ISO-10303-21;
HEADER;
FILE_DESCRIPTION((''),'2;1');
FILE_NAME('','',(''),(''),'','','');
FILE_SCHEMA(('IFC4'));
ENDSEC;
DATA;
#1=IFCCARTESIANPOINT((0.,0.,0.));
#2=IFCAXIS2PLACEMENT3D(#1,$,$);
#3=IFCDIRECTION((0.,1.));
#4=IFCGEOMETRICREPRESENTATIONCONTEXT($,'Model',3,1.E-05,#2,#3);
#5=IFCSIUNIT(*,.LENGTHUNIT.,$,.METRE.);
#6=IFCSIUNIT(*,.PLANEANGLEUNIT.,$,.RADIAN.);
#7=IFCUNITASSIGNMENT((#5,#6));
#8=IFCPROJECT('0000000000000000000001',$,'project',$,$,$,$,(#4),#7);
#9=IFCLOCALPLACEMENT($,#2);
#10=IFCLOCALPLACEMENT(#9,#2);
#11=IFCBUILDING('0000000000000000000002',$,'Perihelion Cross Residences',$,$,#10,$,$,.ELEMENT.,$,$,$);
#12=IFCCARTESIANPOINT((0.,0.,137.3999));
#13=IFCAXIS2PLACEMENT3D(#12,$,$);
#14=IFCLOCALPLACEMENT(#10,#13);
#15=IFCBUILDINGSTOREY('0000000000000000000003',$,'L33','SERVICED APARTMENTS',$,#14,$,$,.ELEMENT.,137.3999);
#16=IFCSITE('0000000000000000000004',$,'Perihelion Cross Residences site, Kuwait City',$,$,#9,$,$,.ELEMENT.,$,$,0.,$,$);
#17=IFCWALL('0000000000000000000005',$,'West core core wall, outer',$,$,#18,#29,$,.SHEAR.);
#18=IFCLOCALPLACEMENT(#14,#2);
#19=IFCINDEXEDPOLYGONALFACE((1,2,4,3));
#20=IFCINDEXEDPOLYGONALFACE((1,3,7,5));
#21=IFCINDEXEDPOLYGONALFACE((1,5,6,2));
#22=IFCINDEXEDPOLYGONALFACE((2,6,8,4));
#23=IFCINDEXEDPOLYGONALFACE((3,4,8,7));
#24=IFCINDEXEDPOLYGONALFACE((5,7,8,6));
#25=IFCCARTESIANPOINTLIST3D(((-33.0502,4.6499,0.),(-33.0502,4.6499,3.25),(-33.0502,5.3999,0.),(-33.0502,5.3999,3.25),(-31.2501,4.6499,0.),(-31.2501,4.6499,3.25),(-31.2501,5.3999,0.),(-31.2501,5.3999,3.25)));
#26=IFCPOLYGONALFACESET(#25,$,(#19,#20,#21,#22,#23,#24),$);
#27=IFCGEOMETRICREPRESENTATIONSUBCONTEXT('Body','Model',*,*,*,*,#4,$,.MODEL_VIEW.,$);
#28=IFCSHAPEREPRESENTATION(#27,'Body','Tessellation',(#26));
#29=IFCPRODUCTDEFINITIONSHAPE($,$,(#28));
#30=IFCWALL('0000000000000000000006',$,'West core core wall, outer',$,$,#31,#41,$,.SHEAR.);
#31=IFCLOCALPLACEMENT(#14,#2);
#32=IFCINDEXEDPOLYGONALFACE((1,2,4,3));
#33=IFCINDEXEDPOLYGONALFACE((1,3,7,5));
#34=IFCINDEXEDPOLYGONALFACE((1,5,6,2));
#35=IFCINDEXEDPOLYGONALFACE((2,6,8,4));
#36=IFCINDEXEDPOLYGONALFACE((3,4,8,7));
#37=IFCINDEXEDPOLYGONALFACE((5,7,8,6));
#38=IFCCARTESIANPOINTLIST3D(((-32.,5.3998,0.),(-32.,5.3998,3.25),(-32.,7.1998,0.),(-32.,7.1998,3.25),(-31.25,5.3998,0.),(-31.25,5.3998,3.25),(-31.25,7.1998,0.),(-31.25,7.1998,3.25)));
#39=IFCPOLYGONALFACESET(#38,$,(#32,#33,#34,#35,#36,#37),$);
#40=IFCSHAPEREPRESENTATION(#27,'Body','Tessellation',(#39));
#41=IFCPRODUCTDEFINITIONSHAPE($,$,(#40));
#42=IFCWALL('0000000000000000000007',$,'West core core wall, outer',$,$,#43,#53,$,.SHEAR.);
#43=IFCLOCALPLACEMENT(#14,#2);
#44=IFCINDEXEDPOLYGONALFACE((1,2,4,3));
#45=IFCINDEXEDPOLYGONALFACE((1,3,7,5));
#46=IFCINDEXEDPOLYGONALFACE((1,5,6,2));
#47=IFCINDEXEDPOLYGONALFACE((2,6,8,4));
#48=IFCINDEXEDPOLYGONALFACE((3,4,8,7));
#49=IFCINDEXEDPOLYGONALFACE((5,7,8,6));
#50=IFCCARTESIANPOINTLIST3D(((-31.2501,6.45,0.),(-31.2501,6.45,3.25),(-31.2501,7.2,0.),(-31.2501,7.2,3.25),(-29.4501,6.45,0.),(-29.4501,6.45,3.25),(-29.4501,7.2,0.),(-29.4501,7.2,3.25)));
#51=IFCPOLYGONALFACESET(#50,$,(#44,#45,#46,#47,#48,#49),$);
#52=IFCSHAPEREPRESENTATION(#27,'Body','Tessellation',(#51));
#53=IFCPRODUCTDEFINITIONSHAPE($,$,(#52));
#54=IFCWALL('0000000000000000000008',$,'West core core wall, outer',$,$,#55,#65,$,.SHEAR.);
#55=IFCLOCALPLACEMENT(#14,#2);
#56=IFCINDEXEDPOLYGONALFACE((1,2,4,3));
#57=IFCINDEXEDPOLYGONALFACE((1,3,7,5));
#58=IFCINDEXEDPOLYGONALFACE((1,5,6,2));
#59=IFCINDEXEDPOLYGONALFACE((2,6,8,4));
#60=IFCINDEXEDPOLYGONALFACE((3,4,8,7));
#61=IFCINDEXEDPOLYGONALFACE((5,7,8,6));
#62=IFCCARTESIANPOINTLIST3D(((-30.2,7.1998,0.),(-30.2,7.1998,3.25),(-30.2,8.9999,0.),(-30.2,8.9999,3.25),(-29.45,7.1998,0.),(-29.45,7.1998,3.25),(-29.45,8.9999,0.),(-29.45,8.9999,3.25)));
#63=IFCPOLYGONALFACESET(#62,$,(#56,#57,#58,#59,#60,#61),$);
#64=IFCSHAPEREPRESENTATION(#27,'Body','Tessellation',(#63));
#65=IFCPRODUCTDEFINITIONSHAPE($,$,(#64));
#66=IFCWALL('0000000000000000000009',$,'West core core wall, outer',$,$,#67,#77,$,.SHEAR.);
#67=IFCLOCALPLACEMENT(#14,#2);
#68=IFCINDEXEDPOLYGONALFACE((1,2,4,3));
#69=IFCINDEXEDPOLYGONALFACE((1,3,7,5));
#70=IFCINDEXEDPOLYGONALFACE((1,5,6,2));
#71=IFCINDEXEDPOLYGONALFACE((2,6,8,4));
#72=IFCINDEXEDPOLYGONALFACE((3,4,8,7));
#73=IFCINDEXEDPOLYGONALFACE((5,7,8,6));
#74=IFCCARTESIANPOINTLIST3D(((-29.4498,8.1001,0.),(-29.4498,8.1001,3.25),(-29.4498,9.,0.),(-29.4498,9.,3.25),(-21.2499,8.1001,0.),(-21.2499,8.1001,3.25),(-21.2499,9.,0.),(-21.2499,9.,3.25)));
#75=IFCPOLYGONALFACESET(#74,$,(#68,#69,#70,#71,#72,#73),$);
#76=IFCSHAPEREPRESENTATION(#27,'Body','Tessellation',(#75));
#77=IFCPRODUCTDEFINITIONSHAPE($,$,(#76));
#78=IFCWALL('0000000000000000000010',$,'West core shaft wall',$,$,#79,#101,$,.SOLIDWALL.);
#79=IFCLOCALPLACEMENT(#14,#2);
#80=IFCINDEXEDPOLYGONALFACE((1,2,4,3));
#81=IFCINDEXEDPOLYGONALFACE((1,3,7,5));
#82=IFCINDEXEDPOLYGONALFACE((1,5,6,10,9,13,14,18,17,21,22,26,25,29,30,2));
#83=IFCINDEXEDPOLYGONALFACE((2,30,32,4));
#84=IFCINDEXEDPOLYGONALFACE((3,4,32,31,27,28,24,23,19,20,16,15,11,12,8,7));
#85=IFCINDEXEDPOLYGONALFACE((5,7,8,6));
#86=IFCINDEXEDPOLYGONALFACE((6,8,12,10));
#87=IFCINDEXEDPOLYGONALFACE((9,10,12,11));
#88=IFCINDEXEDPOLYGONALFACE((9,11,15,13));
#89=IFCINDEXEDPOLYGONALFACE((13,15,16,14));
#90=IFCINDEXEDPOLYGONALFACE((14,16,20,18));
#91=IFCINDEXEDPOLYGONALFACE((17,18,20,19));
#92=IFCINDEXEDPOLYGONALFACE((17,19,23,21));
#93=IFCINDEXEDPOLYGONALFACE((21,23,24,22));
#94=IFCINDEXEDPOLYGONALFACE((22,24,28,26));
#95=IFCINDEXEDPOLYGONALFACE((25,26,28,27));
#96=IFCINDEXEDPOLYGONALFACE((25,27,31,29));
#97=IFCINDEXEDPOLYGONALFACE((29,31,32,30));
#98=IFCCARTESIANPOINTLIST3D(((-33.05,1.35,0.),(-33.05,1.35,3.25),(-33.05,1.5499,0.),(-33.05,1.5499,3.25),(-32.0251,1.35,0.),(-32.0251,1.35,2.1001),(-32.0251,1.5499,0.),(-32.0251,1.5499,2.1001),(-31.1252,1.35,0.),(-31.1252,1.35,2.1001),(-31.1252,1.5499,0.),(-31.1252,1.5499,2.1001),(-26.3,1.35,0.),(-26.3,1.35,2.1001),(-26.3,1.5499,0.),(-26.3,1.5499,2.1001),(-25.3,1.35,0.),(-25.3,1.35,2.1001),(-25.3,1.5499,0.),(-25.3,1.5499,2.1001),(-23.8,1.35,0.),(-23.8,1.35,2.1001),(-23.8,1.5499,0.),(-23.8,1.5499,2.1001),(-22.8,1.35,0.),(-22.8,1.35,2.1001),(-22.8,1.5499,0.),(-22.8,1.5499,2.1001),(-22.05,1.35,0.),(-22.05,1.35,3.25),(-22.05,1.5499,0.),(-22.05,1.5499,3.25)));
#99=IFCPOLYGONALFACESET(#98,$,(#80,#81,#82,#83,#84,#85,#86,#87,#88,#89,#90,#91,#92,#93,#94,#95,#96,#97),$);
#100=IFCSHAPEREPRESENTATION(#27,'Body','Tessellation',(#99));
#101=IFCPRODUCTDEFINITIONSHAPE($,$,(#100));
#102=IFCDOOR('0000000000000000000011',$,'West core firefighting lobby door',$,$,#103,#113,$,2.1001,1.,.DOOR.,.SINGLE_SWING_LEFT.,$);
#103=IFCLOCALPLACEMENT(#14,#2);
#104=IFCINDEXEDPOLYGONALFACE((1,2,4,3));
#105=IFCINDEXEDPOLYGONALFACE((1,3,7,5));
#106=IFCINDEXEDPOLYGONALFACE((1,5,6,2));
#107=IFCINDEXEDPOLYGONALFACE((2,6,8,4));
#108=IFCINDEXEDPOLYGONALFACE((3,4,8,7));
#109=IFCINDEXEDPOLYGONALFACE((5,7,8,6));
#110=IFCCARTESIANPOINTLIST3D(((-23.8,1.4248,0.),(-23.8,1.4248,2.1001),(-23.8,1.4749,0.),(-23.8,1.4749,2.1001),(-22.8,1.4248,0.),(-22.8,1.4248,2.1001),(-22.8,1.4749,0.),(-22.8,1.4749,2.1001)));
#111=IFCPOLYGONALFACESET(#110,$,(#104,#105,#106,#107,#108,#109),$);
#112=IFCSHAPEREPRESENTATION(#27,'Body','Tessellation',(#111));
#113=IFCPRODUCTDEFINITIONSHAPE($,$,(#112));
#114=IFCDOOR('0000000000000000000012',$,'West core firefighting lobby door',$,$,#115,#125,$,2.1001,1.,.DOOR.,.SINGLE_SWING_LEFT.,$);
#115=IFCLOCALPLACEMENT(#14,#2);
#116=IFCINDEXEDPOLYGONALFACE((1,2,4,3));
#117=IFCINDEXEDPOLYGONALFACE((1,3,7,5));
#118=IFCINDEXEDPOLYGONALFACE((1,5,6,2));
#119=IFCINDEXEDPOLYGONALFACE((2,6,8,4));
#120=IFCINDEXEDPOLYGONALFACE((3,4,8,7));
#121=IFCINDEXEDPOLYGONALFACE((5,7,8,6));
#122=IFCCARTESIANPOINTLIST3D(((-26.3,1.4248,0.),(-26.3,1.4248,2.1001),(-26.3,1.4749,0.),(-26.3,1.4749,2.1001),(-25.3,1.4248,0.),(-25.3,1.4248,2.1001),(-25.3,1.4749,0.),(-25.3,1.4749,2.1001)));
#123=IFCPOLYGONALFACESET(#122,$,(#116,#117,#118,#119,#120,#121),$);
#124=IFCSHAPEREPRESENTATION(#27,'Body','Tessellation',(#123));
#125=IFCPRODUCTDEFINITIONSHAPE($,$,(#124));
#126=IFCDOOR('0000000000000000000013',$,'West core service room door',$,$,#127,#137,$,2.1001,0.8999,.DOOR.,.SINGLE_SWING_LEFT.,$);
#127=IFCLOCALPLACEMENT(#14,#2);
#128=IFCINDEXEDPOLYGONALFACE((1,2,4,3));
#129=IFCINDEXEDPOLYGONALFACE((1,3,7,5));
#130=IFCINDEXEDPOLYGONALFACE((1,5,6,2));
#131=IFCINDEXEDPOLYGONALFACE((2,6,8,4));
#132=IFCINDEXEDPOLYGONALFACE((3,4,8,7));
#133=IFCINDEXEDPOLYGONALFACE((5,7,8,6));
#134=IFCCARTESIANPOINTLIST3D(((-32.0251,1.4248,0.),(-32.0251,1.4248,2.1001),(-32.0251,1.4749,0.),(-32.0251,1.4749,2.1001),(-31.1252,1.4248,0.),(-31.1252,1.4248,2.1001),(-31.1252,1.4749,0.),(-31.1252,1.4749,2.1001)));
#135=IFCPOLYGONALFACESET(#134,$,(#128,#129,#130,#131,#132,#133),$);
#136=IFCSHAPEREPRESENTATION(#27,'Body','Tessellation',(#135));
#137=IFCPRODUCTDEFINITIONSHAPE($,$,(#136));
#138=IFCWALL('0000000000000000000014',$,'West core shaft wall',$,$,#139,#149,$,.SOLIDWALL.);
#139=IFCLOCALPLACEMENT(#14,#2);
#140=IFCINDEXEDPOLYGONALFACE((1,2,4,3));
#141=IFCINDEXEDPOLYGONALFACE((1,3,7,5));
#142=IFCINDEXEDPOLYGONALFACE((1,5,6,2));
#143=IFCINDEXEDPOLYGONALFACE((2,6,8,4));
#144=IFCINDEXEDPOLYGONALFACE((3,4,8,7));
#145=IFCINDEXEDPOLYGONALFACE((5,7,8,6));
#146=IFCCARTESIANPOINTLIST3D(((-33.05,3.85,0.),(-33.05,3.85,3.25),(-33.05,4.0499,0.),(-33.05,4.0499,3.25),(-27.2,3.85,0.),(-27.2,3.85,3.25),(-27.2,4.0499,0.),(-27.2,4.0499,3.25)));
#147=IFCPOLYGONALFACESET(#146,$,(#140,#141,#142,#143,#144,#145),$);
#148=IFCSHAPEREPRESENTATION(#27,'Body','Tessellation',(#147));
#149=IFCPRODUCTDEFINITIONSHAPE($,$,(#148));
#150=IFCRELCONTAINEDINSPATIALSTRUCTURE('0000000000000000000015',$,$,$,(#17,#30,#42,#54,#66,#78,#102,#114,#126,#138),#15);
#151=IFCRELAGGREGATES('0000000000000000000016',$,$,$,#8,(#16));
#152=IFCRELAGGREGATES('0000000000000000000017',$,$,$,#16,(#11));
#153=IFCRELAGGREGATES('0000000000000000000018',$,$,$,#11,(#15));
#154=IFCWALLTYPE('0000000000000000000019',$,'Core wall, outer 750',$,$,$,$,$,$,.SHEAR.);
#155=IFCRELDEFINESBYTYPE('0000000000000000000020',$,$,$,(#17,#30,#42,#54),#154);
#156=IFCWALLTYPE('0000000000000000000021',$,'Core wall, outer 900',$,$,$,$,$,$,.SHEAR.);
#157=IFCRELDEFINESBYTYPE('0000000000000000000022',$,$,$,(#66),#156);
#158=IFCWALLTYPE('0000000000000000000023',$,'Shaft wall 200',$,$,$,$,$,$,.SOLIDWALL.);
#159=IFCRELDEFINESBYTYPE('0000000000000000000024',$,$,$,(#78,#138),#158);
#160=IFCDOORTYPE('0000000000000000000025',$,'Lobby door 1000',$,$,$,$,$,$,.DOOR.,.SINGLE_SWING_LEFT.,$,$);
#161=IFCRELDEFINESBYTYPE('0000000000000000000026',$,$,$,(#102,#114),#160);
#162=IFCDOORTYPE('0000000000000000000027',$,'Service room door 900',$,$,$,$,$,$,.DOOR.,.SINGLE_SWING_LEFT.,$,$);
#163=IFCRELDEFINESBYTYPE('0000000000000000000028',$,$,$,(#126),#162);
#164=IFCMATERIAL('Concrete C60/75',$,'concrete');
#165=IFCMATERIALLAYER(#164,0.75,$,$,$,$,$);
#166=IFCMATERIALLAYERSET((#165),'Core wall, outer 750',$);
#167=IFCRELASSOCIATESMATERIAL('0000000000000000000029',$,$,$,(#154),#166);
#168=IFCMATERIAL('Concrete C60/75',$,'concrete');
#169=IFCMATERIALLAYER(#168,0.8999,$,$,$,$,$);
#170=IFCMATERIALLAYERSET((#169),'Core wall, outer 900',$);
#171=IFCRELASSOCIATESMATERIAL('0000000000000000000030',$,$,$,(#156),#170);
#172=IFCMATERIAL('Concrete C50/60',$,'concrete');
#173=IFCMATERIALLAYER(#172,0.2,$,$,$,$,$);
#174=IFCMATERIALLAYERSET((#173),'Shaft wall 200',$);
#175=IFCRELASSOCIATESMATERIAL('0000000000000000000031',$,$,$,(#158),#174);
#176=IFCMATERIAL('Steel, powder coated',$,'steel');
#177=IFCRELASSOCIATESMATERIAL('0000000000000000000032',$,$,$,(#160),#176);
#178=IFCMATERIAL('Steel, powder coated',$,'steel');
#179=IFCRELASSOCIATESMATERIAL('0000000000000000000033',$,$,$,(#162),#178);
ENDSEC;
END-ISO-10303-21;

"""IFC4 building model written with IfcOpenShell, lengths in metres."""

from ifc_helpers import new_model, si_unit, direction, frame, frame_2d, origin, place, context, subcontext, project, spatial, rectangle, extrude, material, layer, layer_set, type_object, element, fill, save


model = new_model("IFC4")

# Units and contexts
model_context = context("Model", 3, precision=1e-05, world=origin(), true_north=direction((0.0, 1.0)))
body_context = subcontext(model_context, "Body", "Model", "MODEL_VIEW")
ifc_project = project(units=[si_unit("LENGTHUNIT", "METRE"), si_unit("PLANEANGLEUNIT", "RADIAN")], contexts=[model_context])

# Site, building, storey
site_placement = place(None, origin())
site = spatial("IfcSite", under=ifc_project, at=site_placement, Name="Perihelion Cross Residences site, Kuwait City", CompositionType="ELEMENT", RefElevation=0.0)
building_placement = place(site_placement, origin())
building = spatial("IfcBuilding", under=site, at=building_placement, Name="Perihelion Cross Residences", CompositionType="ELEMENT")
storey_placement = place(building_placement, frame((0.0, 0.0, 137.3999)))
storey = spatial("IfcBuildingStorey", under=building, at=storey_placement, Name="L33", Description="SERVICED APARTMENTS", CompositionType="ELEMENT", Elevation=137.3999)

# Walls
ifc_material_1 = material(Name="Concrete C60/75", Category="concrete")
ifc_layer_1 = layer(ifc_material_1, 0.75)
ifc_layer_set_1 = layer_set([ifc_layer_1], Name="Core wall, outer 750")
wall_type_1 = type_object("IfcWallType", Name="Core wall, outer 750", PredefinedType="SHEAR", material=ifc_layer_set_1)
for number, where, z_axis, x_axis, name in (
    (1, (-33.05, 5.0249, 0.0), (0.0, 0.0, 1.0), (1.0, 0.0, 0.0), "West core core wall, outer"),
    (2, (-31.625, 5.3999, 0.0), (0.0, 0.0, 1.0), (0.0, 1.0, 0.0), "West core core wall, outer"),
    (3, (-31.25, 6.825, 0.0), (0.0, 0.0, 1.0), (1.0, 0.0, 0.0), "West core core wall, outer"),
    (4, (-29.825, 7.2, 0.0), (0.0, 0.0, 1.0), (0.0, 1.0, 0.0), "West core core wall, outer"),
):
    element("IfcWall", number, at=place(storey_placement, frame(where, z_axis=z_axis, x_axis=x_axis)), inside=storey, type_object=wall_type_1, Name=name, PredefinedType="SHEAR", context=body_context, shape_type="SweptSolid", body=[
        extrude(rectangle(XDim=1.8, YDim=0.75, at=frame_2d((0.8999, 0.0))), origin(), (0.0, 0.0, 1.0), 3.25),
    ])
ifc_material_2 = material(Name="Concrete C60/75", Category="concrete")
ifc_layer_2 = layer(ifc_material_2, 0.8999)
ifc_layer_set_2 = layer_set([ifc_layer_2], Name="Core wall, outer 900")
wall_type_2 = type_object("IfcWallType", Name="Core wall, outer 900", PredefinedType="SHEAR", material=ifc_layer_set_2)
wall_1_placement = place(storey_placement, frame((-29.45, 8.55, 0.0), z_axis=(0.0, 0.0, 1.0), x_axis=(1.0, 0.0, 0.0)))
element("IfcWall", 5, at=wall_1_placement, inside=storey, type_object=wall_type_2, Name="West core core wall, outer", PredefinedType="SHEAR", context=body_context, shape_type="SweptSolid", body=[
    extrude(rectangle(XDim=8.2, YDim=0.8999, at=frame_2d((4.1001, 0.0))), origin(), (0.0, 0.0, 1.0), 3.25),
])

# Wall, openings, doors
ifc_material_3 = material(Name="Concrete C50/60", Category="concrete")
ifc_layer_3 = layer(ifc_material_3, 0.2)
ifc_layer_set_3 = layer_set([ifc_layer_3], Name="Shaft wall 200")
wall_type_3 = type_object("IfcWallType", Name="Shaft wall 200", PredefinedType="SOLIDWALL", material=ifc_layer_set_3)
wall_2_placement = place(storey_placement, frame((-33.05, 1.45, 0.0), z_axis=(0.0, 0.0, 1.0), x_axis=(1.0, 0.0, 0.0)))
wall_2 = element("IfcWall", 6, at=wall_2_placement, inside=storey, type_object=wall_type_3, Name="West core shaft wall", PredefinedType="SOLIDWALL", context=body_context, shape_type="SweptSolid", body=[
    extrude(rectangle(XDim=11.0, YDim=0.2, at=frame_2d((5.5, 0.0))), origin(), (0.0, 0.0, 1.0), 3.25),
])
opening_1_placement = place(wall_2_placement, frame((9.25, 0.0, 0.0)))
opening_1 = element("IfcOpeningElement", 7, at=opening_1_placement, cuts=wall_2, PredefinedType="OPENING", context=body_context, shape_type="SweptSolid", body=[
    extrude(rectangle(XDim=1.0, YDim=2.1001, at=frame_2d((0.5, 1.05))), frame((0.0, 0.1099, 0.0), z_axis=(0.0, -1.0, 0.0), x_axis=(1.0, 0.0, 0.0)), (0.0, 0.0, 1.0), 0.22),
])
opening_2_placement = place(wall_2_placement, frame((6.75, 0.0, 0.0)))
opening_2 = element("IfcOpeningElement", 8, at=opening_2_placement, cuts=wall_2, PredefinedType="OPENING", context=body_context, shape_type="SweptSolid", body=[
    extrude(rectangle(XDim=1.0, YDim=2.1001, at=frame_2d((0.5, 1.05))), frame((0.0, 0.1099, 0.0), z_axis=(0.0, -1.0, 0.0), x_axis=(1.0, 0.0, 0.0)), (0.0, 0.0, 1.0), 0.22),
])
opening_3_placement = place(wall_2_placement, frame((1.0249, 0.0, 0.0)))
opening_3 = element("IfcOpeningElement", 9, at=opening_3_placement, cuts=wall_2, PredefinedType="OPENING", context=body_context, shape_type="SweptSolid", body=[
    extrude(rectangle(XDim=0.8999, YDim=2.1001, at=frame_2d((0.45, 1.05))), frame((0.0, 0.1099, 0.0), z_axis=(0.0, -1.0, 0.0), x_axis=(1.0, 0.0, 0.0)), (0.0, 0.0, 1.0), 0.22),
])
ifc_material_4 = material(Name="Steel, powder coated", Category="steel")
door_type_1 = type_object("IfcDoorType", Name="Lobby door 1000", OperationType="SINGLE_SWING_LEFT", PredefinedType="DOOR", material=ifc_material_4)
door_1_placement = place(opening_1_placement, origin())
door_1 = element("IfcDoor", 10, at=door_1_placement, inside=storey, type_object=door_type_1, Name="West core firefighting lobby door", OperationType="SINGLE_SWING_LEFT", OverallHeight=2.1001, OverallWidth=1.0, PredefinedType="DOOR", context=body_context, shape_type="SweptSolid", body=[
    extrude(rectangle(XDim=1.0, YDim=2.1001, at=frame_2d((0.5, 1.05))), frame((0.0, 0.0249, 0.0), z_axis=(0.0, -1.0, 0.0), x_axis=(1.0, 0.0, 0.0)), (0.0, 0.0, 1.0), 0.05),
])
fill(opening_1, door_1)
door_2_placement = place(opening_2_placement, origin())
door_2 = element("IfcDoor", 11, at=door_2_placement, inside=storey, type_object=door_type_1, Name="West core firefighting lobby door", OperationType="SINGLE_SWING_LEFT", OverallHeight=2.1001, OverallWidth=1.0, PredefinedType="DOOR", context=body_context, shape_type="SweptSolid", body=[
    extrude(rectangle(XDim=1.0, YDim=2.1001, at=frame_2d((0.5, 1.05))), frame((0.0, 0.0249, 0.0), z_axis=(0.0, -1.0, 0.0), x_axis=(1.0, 0.0, 0.0)), (0.0, 0.0, 1.0), 0.05),
])
fill(opening_2, door_2)
ifc_material_5 = material(Name="Steel, powder coated", Category="steel")
door_type_2 = type_object("IfcDoorType", Name="Service room door 900", OperationType="SINGLE_SWING_LEFT", PredefinedType="DOOR", material=ifc_material_5)
door_3_placement = place(opening_3_placement, origin())
door_3 = element("IfcDoor", 12, at=door_3_placement, inside=storey, type_object=door_type_2, Name="West core service room door", OperationType="SINGLE_SWING_LEFT", OverallHeight=2.1001, OverallWidth=0.8999, PredefinedType="DOOR", context=body_context, shape_type="SweptSolid", body=[
    extrude(rectangle(XDim=0.8999, YDim=2.1001, at=frame_2d((0.45, 1.05))), frame((0.0, 0.0249, 0.0), z_axis=(0.0, -1.0, 0.0), x_axis=(1.0, 0.0, 0.0)), (0.0, 0.0, 1.0), 0.05),
])
fill(opening_3, door_3)

# Wall
wall_3_placement = place(storey_placement, frame((-33.05, 3.95, 0.0), z_axis=(0.0, 0.0, 1.0), x_axis=(1.0, 0.0, 0.0)))
element("IfcWall", 13, at=wall_3_placement, inside=storey, type_object=wall_type_3, Name="West core shaft wall", PredefinedType="SOLIDWALL", context=body_context, shape_type="SweptSolid", body=[
    extrude(rectangle(XDim=5.8501, YDim=0.2, at=frame_2d((2.925, 0.0))), origin(), (0.0, 0.0, 1.0), 3.25),
])

save(model, "model.ifc")
